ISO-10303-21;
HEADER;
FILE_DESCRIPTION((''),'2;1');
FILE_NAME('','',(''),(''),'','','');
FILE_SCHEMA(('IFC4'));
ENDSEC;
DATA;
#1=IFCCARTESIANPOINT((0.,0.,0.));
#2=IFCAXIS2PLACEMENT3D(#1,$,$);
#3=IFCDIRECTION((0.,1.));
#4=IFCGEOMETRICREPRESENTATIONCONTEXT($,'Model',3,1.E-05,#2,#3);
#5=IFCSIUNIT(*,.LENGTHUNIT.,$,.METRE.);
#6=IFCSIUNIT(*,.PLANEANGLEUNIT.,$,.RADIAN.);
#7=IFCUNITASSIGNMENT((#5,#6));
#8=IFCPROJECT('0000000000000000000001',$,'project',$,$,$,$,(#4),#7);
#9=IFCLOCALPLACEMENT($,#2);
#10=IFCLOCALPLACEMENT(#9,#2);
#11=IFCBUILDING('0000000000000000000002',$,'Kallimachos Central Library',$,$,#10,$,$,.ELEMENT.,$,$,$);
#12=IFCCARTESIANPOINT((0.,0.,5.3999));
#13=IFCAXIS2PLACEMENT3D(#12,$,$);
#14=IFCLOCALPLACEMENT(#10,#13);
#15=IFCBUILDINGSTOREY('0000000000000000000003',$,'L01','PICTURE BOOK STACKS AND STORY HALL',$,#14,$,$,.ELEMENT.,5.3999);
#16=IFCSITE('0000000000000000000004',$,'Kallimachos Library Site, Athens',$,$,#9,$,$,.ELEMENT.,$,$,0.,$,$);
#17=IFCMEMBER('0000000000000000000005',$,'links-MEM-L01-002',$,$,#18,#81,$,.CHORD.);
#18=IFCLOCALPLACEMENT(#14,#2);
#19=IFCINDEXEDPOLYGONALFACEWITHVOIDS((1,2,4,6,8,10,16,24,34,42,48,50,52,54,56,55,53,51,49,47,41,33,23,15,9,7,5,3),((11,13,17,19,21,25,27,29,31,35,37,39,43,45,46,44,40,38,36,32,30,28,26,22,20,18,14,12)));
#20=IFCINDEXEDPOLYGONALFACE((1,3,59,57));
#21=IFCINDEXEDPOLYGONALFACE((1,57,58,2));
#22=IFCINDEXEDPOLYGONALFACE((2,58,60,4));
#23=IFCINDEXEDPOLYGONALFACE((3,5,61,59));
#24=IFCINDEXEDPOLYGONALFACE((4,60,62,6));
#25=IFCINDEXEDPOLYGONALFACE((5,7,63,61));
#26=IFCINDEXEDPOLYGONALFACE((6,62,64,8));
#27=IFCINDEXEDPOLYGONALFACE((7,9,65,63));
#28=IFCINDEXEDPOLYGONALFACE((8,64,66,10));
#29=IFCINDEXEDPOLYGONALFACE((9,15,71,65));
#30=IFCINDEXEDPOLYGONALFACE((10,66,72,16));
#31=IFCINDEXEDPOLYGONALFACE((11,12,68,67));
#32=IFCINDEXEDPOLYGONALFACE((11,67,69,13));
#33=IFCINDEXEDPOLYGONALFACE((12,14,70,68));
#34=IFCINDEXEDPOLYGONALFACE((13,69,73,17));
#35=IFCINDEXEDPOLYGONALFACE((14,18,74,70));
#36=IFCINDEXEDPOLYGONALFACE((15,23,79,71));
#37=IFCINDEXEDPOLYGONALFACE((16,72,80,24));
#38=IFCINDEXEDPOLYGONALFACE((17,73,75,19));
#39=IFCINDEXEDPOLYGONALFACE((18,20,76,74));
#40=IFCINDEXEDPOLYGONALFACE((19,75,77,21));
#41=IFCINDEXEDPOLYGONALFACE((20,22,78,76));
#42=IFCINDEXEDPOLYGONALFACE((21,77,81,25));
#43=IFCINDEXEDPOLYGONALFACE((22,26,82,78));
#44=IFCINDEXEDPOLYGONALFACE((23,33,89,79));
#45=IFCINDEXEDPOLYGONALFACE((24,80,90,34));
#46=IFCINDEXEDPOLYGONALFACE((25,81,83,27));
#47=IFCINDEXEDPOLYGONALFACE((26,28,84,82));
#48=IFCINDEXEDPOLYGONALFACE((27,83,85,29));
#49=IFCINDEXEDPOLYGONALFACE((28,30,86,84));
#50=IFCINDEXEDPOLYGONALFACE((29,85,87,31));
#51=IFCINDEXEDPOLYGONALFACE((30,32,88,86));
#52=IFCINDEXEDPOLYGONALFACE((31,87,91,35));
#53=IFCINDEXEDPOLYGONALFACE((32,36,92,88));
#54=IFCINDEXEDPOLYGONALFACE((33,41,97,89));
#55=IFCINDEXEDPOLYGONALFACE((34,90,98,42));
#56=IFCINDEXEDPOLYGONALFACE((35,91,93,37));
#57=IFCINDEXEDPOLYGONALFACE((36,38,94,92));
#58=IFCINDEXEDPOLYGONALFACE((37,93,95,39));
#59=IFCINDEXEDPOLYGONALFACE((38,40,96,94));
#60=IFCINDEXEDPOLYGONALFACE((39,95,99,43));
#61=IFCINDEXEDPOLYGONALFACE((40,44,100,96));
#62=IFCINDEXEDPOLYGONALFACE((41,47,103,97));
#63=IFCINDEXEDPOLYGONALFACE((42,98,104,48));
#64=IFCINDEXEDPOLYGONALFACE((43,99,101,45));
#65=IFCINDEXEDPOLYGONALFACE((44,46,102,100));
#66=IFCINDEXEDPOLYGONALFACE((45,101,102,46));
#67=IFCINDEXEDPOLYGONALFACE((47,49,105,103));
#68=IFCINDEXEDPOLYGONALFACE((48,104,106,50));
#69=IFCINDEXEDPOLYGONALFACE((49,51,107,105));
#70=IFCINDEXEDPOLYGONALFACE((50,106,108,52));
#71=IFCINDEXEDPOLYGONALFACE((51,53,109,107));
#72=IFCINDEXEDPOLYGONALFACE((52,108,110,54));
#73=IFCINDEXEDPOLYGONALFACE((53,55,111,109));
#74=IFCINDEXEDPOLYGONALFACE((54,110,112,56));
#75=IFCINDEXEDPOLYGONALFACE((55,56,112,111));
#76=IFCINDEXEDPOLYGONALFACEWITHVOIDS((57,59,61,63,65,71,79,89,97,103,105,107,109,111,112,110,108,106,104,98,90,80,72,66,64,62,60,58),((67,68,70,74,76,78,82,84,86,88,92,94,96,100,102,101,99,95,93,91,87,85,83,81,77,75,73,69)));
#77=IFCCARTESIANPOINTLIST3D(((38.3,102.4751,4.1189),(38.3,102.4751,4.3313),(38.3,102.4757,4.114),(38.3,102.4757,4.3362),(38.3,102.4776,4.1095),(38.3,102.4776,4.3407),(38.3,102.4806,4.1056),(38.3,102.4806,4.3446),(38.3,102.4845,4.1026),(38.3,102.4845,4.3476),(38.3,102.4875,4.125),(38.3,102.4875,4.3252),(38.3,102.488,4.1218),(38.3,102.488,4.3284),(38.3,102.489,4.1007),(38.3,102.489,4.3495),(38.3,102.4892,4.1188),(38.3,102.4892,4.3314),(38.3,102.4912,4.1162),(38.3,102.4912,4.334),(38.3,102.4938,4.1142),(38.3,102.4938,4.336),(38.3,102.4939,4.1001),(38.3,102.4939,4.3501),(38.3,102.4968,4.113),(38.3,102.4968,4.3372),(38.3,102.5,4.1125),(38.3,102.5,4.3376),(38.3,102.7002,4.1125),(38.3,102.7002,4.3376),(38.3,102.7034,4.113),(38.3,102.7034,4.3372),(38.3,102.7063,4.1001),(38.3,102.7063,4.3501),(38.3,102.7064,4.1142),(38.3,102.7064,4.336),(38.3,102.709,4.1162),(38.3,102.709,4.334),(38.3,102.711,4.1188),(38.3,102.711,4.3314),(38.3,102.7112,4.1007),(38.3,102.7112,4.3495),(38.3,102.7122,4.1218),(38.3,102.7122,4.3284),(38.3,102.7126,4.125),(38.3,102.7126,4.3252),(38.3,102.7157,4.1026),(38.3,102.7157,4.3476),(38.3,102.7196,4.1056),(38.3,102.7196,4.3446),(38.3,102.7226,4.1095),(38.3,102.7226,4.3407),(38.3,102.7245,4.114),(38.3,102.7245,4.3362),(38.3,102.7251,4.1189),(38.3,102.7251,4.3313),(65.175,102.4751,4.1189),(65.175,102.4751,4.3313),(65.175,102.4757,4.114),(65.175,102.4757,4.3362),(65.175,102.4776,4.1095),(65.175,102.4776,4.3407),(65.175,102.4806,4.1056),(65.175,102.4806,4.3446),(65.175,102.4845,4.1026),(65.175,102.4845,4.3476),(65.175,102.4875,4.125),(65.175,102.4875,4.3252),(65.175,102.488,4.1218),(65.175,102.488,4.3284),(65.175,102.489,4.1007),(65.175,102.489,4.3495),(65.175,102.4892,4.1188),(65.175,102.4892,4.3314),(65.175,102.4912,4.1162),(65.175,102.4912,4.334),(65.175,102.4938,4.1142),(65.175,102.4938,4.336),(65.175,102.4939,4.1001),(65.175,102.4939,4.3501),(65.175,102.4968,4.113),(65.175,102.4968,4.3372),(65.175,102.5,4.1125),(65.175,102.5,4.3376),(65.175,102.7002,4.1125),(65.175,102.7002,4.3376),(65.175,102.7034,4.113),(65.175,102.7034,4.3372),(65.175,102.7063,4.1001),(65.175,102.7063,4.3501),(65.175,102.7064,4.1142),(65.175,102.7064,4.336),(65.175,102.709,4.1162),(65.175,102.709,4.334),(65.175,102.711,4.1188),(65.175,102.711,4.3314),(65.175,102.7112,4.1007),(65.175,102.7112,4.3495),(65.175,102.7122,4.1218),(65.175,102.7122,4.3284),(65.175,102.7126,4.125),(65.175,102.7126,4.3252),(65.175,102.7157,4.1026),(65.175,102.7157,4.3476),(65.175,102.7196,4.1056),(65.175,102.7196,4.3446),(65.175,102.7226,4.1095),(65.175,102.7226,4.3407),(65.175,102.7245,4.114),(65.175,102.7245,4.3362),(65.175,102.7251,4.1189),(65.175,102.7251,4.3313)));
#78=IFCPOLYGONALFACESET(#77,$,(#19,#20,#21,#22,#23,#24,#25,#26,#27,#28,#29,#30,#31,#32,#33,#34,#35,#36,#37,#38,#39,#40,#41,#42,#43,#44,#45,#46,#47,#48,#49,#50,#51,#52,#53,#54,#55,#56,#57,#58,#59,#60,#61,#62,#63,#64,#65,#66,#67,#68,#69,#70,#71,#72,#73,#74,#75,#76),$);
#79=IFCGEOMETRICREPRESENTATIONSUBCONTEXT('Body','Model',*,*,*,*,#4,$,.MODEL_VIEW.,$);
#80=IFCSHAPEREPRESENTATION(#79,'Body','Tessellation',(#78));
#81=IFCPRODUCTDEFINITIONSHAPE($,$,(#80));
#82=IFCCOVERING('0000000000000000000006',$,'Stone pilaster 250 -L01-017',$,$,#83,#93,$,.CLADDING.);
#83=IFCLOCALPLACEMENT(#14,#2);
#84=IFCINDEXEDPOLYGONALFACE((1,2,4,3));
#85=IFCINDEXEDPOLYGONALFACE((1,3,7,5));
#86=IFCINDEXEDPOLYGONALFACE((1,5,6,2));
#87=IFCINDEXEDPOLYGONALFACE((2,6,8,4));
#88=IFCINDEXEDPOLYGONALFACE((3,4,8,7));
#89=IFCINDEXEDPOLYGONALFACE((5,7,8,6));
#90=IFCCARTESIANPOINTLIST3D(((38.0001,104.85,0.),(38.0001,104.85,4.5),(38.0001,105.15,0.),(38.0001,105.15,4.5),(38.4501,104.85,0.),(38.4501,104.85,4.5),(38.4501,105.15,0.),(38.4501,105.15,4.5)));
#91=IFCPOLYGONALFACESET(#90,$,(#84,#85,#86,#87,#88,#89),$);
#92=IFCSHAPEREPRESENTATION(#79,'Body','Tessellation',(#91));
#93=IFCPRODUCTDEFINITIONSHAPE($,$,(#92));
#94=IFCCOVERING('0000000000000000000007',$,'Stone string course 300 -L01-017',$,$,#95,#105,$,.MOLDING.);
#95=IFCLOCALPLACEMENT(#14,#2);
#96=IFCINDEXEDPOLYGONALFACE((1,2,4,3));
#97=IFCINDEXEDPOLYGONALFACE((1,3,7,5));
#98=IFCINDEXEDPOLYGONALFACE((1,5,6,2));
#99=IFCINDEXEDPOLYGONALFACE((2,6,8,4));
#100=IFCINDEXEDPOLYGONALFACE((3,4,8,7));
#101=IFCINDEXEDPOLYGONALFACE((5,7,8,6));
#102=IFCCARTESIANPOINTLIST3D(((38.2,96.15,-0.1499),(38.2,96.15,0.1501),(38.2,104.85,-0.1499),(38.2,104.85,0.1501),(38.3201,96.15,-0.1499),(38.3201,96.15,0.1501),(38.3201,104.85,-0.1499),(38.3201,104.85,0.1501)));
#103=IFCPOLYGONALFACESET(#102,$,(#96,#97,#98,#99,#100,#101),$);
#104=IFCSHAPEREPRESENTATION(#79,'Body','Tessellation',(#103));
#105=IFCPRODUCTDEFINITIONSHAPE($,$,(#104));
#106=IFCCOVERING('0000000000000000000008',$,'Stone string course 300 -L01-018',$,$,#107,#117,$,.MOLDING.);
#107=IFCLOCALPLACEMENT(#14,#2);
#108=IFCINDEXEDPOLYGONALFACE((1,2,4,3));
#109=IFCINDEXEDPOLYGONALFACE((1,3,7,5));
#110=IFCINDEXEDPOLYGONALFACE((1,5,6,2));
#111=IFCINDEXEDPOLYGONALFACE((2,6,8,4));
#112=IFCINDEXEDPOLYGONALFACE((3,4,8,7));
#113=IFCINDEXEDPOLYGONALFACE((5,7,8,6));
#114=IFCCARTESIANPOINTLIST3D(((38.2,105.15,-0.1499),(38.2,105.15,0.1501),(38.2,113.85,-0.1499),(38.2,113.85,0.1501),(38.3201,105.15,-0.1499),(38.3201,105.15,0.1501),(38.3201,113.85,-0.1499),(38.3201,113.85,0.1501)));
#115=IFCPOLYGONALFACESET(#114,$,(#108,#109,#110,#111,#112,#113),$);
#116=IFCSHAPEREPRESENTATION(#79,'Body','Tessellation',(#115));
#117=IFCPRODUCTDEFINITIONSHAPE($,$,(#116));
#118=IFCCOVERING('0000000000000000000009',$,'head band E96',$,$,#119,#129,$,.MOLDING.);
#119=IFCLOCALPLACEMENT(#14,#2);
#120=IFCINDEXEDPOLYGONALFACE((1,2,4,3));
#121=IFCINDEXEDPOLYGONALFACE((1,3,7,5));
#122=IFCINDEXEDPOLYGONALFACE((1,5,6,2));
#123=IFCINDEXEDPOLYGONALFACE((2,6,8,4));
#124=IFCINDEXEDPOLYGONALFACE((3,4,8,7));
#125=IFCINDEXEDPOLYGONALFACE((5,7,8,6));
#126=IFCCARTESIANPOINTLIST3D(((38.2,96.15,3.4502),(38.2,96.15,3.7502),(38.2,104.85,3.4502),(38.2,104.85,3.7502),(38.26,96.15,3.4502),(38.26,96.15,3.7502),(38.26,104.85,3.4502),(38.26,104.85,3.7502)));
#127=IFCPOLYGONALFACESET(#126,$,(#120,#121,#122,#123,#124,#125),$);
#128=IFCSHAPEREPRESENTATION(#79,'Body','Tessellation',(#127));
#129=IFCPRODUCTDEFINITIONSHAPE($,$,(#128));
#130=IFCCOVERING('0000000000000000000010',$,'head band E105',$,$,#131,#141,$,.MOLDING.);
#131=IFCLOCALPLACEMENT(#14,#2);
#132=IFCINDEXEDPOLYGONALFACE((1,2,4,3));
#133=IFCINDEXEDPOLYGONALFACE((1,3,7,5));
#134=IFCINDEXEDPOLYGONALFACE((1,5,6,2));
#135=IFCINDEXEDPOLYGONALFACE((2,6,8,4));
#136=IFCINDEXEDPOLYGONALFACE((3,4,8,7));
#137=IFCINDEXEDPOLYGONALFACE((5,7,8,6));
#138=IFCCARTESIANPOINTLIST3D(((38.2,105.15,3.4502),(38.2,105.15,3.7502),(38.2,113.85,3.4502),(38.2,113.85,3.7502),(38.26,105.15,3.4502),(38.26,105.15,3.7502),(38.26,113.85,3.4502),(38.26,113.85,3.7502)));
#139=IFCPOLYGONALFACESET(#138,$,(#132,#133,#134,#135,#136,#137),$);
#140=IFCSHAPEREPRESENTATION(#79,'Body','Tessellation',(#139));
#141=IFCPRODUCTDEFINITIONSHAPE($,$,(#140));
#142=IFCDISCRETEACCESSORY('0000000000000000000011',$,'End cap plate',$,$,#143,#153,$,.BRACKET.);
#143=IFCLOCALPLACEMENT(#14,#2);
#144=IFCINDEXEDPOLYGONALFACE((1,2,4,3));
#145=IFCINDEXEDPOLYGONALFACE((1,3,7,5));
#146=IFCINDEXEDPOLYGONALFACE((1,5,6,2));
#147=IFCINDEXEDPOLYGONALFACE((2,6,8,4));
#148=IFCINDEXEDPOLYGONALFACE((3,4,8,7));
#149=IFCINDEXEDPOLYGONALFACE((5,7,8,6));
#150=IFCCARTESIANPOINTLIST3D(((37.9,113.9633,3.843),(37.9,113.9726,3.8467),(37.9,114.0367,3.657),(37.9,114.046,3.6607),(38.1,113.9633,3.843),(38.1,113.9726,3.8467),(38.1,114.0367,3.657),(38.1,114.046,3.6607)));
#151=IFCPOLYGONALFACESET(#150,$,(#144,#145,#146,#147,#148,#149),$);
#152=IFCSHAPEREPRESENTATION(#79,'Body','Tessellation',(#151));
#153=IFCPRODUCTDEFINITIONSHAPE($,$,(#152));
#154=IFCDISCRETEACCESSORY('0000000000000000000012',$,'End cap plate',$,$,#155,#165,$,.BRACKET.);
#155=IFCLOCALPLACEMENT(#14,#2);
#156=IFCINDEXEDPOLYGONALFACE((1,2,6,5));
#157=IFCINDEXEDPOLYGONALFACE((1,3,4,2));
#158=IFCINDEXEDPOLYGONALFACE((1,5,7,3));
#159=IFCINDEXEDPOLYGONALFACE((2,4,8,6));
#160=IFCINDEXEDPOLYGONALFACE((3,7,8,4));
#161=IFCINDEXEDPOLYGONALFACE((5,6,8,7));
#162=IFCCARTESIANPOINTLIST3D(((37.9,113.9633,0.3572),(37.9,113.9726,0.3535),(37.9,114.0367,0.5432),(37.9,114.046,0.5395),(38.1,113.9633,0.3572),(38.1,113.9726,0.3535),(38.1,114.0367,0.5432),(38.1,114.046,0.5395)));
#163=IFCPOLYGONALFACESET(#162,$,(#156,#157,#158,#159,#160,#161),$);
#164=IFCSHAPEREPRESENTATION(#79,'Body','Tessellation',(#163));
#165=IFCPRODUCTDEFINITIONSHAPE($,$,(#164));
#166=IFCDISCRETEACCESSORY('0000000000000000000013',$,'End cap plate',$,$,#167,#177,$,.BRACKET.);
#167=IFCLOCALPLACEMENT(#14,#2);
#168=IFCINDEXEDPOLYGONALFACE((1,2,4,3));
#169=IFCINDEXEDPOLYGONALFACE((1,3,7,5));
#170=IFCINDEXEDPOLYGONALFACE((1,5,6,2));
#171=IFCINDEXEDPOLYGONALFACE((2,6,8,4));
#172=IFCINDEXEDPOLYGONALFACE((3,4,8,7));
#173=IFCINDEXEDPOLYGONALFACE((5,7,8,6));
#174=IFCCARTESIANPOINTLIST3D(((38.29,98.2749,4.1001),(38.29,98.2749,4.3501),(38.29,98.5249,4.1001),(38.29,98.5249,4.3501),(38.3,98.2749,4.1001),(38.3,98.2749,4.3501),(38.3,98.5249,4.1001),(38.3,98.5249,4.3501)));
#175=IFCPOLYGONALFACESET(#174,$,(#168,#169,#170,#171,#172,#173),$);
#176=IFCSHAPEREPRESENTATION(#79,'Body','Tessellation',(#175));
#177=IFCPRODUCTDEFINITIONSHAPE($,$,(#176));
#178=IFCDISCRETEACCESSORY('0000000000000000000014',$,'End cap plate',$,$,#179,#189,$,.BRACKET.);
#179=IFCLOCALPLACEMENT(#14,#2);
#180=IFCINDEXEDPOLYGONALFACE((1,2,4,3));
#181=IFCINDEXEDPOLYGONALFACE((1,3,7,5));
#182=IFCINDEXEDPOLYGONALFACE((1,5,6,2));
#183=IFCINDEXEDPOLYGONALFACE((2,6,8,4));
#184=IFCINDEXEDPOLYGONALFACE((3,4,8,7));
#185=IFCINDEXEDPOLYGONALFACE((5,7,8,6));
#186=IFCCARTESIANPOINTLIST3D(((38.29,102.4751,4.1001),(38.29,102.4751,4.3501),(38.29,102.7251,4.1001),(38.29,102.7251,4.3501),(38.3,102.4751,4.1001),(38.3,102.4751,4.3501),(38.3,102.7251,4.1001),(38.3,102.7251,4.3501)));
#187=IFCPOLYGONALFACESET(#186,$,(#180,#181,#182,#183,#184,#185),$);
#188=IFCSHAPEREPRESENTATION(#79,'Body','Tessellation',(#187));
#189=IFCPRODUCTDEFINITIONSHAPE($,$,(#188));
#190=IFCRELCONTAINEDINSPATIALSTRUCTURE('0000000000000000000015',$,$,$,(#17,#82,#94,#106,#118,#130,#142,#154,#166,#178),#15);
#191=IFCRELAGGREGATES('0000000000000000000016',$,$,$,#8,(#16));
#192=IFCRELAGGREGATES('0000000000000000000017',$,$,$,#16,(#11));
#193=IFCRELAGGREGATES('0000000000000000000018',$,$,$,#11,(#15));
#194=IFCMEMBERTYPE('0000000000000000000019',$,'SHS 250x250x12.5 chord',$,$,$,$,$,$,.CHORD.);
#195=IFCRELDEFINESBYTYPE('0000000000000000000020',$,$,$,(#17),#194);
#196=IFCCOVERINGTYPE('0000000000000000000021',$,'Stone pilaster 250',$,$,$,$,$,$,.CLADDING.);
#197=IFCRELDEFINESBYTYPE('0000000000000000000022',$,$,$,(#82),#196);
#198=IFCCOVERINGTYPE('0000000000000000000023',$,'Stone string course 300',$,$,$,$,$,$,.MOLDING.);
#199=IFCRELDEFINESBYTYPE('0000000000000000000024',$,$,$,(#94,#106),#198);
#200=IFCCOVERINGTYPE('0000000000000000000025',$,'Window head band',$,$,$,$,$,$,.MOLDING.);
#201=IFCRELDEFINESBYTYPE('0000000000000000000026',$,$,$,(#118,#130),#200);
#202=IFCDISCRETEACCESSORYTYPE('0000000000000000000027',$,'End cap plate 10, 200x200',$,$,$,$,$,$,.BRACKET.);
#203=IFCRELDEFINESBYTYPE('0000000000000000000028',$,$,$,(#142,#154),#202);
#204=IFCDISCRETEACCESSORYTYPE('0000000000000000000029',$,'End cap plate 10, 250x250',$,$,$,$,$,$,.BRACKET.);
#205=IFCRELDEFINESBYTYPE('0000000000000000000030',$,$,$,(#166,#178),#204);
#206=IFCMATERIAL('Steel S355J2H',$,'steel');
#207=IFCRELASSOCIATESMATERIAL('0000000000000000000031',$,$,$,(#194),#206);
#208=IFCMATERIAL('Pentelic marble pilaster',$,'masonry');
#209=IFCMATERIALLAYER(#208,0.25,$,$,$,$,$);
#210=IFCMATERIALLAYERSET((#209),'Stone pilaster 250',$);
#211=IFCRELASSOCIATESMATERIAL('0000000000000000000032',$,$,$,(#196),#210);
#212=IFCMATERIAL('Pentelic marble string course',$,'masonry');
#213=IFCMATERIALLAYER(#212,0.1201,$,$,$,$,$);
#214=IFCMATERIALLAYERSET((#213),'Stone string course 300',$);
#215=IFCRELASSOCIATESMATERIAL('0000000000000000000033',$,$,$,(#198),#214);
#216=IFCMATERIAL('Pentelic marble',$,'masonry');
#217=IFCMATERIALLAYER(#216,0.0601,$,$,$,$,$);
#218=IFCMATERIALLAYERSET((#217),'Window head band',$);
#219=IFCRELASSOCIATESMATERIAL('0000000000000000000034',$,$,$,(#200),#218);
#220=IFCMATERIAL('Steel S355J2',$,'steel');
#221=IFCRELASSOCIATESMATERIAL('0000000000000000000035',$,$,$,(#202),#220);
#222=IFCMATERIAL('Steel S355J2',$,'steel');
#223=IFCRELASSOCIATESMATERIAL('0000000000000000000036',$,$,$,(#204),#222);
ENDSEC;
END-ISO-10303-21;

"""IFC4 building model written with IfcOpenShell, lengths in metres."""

from ifc_helpers import new_model, si_unit, direction, frame, origin, origin_2d, place, context, subcontext, project, spatial, rectangle, hollow_rectangle, extrude, material, layer, layer_set, material_profile, profile_set, type_object, element, save


model = new_model("IFC4")

# Units and contexts
model_context = context("Model", 3, precision=1e-05, world=origin(), true_north=direction((0.0, 1.0)))
body_context = subcontext(model_context, "Body", "Model", "MODEL_VIEW")
ifc_project = project(units=[si_unit("LENGTHUNIT", "METRE"), si_unit("PLANEANGLEUNIT", "RADIAN")], contexts=[model_context])

# Site, building, storey
site_placement = place(None, origin())
site = spatial("IfcSite", under=ifc_project, at=site_placement, Name="Kallimachos Library Site, Athens", CompositionType="ELEMENT", RefElevation=0.0)
building_placement = place(site_placement, origin())
building = spatial("IfcBuilding", under=site, at=building_placement, Name="Kallimachos Central Library", CompositionType="ELEMENT")
storey_placement = place(building_placement, frame((0.0, 0.0, 5.3999)))
storey = spatial("IfcBuildingStorey", under=building, at=storey_placement, Name="L01", Description="PICTURE BOOK STACKS AND STORY HALL", CompositionType="ELEMENT", Elevation=5.3999)

# Member
ifc_material_1 = material(Name="Steel S355J2H", Category="steel")
ifc_material_profile_1 = material_profile(ifc_material_1, hollow_rectangle(XDim=0.25, YDim=0.25, WallThickness=0.0125, InnerFilletRadius=0.0125, OuterFilletRadius=0.0188, at=origin_2d()), Name="SHS 250x250x12.5")
ifc_profile_set_1 = profile_set([ifc_material_profile_1], Name="Steel S355J2H")
member_type = type_object("IfcMemberType", Name="SHS 250x250x12.5 chord", PredefinedType="CHORD", material=ifc_profile_set_1)
for number, where, z_axis, x_axis, name in (
    (1, (38.3, 102.6001, 4.2251), (1.0, 0.0, 0.0), (0.0, 1.0, 0.0), "links-MEM-L01-002"),
):
    element("IfcMember", number, at=place(storey_placement, frame(where, z_axis=z_axis, x_axis=x_axis)), inside=storey, type_object=member_type, Name=name, PredefinedType="CHORD", context=body_context, shape_type="SweptSolid", body=[
        extrude(hollow_rectangle(XDim=0.25, YDim=0.25, WallThickness=0.0125, InnerFilletRadius=0.0125, OuterFilletRadius=0.0188, at=origin_2d()), origin(), (0.0, 0.0, 1.0), 26.875),
    ])

# Coverings
ifc_material_2 = material(Name="Pentelic marble pilaster", Category="masonry")
ifc_layer_1 = layer(ifc_material_2, 0.25)
ifc_layer_set_1 = layer_set([ifc_layer_1], Name="Stone pilaster 250")
covering_type_1 = type_object("IfcCoveringType", Name="Stone pilaster 250", PredefinedType="CLADDING", material=ifc_layer_set_1)
covering_placement = place(storey_placement, frame((38.2251, 105.0, 0.0), z_axis=(0.0, 0.0, 1.0), x_axis=(1.0, 0.0, 0.0)))
element("IfcCovering", 2, at=covering_placement, inside=storey, type_object=covering_type_1, Name="Stone pilaster 250 -L01-017", PredefinedType="CLADDING", context=body_context, shape_type="SweptSolid", body=[
    extrude(rectangle(XDim=0.45, YDim=0.3, at=origin_2d()), origin(), (0.0, 0.0, 1.0), 4.5),
])
ifc_material_3 = material(Name="Pentelic marble string course", Category="masonry")
ifc_layer_2 = layer(ifc_material_3, 0.1201)
ifc_layer_set_2 = layer_set([ifc_layer_2], Name="Stone string course 300")
covering_type_2 = type_object("IfcCoveringType", Name="Stone string course 300", PredefinedType="MOLDING", material=ifc_layer_set_2)
for number, where, z_axis, x_axis, name in (
    (3, (38.26, 100.5, -0.1499), (0.0, 0.0, 1.0), (1.0, 0.0, 0.0), "Stone string course 300 -L01-017"),
    (4, (38.26, 109.5, -0.1499), (0.0, 0.0, 1.0), (1.0, 0.0, 0.0), "Stone string course 300 -L01-018"),
):
    element("IfcCovering", number, at=place(storey_placement, frame(where, z_axis=z_axis, x_axis=x_axis)), inside=storey, type_object=covering_type_2, Name=name, PredefinedType="MOLDING", context=body_context, shape_type="SweptSolid", body=[
        extrude(rectangle(XDim=0.1201, YDim=8.7, at=origin_2d()), origin(), (0.0, 0.0, 1.0), 0.3),
    ])
ifc_material_4 = material(Name="Pentelic marble", Category="masonry")
ifc_layer_3 = layer(ifc_material_4, 0.0601)
ifc_layer_set_3 = layer_set([ifc_layer_3], Name="Window head band")
covering_type_3 = type_object("IfcCoveringType", Name="Window head band", PredefinedType="MOLDING", material=ifc_layer_set_3)
for number, where, z_axis, x_axis, name in (
    (5, (38.23, 100.5, 3.4502), (0.0, 0.0, 1.0), (1.0, 0.0, 0.0), "head band E96"),
    (6, (38.23, 109.5, 3.4502), (0.0, 0.0, 1.0), (1.0, 0.0, 0.0), "head band E105"),
):
    element("IfcCovering", number, at=place(storey_placement, frame(where, z_axis=z_axis, x_axis=x_axis)), inside=storey, type_object=covering_type_3, Name=name, PredefinedType="MOLDING", context=body_context, shape_type="SweptSolid", body=[
        extrude(rectangle(XDim=0.0601, YDim=8.7, at=origin_2d()), origin(), (0.0, 0.0, 1.0), 0.3),
    ])

# Discrete accessories
ifc_material_5 = material(Name="Steel S355J2", Category="steel")
ifc_material_profile_2 = material_profile(ifc_material_5, rectangle(XDim=0.2, YDim=0.2, at=origin_2d()), Name="End cap plate 10, 200x200")
ifc_profile_set_2 = profile_set([ifc_material_profile_2], Name="Steel S355J2")
discrete_accessory_type_1 = type_object("IfcDiscreteAccessoryType", Name="End cap plate 10, 200x200", PredefinedType="BRACKET", material=ifc_profile_set_2)
for number, where, z_axis, x_axis, name in (
    (7, (38.0, 114.0, 3.75), (0.0, 0.930155, 0.367167), (-1.0, 0.0, 0.0), "End cap plate"),
    (8, (38.0, 114.0, 0.4502), (0.0, 0.930155, -0.367167), (-1.0, 0.0, 0.0), "End cap plate"),
):
    element("IfcDiscreteAccessory", number, at=place(storey_placement, frame(where, z_axis=z_axis, x_axis=x_axis)), inside=storey, type_object=discrete_accessory_type_1, Name=name, PredefinedType="BRACKET", context=body_context, shape_type="SweptSolid", body=[
        extrude(rectangle(XDim=0.2, YDim=0.2, at=origin_2d()), origin(), (0.0, 0.0, 1.0), 0.01),
    ])
ifc_material_6 = material(Name="Steel S355J2", Category="steel")
ifc_material_profile_3 = material_profile(ifc_material_6, rectangle(XDim=0.25, YDim=0.25, at=origin_2d()), Name="End cap plate 10, 250x250")
ifc_profile_set_3 = profile_set([ifc_material_profile_3], Name="Steel S355J2")
discrete_accessory_type_2 = type_object("IfcDiscreteAccessoryType", Name="End cap plate 10, 250x250", PredefinedType="BRACKET", material=ifc_profile_set_3)
for number, where, z_axis, x_axis, name in (
    (9, (38.29, 98.3999, 4.2251), (1.0, 0.0, 0.0), (0.0, 1.0, 0.0), "End cap plate"),
    (10, (38.29, 102.6001, 4.2251), (1.0, 0.0, 0.0), (0.0, 1.0, 0.0), "End cap plate"),
):
    element("IfcDiscreteAccessory", number, at=place(storey_placement, frame(where, z_axis=z_axis, x_axis=x_axis)), inside=storey, type_object=discrete_accessory_type_2, Name=name, PredefinedType="BRACKET", context=body_context, shape_type="SweptSolid", body=[
        extrude(rectangle(XDim=0.25, YDim=0.25, at=origin_2d()), origin(), (0.0, 0.0, 1.0), 0.01),
    ])

save(model, "model.ifc")
